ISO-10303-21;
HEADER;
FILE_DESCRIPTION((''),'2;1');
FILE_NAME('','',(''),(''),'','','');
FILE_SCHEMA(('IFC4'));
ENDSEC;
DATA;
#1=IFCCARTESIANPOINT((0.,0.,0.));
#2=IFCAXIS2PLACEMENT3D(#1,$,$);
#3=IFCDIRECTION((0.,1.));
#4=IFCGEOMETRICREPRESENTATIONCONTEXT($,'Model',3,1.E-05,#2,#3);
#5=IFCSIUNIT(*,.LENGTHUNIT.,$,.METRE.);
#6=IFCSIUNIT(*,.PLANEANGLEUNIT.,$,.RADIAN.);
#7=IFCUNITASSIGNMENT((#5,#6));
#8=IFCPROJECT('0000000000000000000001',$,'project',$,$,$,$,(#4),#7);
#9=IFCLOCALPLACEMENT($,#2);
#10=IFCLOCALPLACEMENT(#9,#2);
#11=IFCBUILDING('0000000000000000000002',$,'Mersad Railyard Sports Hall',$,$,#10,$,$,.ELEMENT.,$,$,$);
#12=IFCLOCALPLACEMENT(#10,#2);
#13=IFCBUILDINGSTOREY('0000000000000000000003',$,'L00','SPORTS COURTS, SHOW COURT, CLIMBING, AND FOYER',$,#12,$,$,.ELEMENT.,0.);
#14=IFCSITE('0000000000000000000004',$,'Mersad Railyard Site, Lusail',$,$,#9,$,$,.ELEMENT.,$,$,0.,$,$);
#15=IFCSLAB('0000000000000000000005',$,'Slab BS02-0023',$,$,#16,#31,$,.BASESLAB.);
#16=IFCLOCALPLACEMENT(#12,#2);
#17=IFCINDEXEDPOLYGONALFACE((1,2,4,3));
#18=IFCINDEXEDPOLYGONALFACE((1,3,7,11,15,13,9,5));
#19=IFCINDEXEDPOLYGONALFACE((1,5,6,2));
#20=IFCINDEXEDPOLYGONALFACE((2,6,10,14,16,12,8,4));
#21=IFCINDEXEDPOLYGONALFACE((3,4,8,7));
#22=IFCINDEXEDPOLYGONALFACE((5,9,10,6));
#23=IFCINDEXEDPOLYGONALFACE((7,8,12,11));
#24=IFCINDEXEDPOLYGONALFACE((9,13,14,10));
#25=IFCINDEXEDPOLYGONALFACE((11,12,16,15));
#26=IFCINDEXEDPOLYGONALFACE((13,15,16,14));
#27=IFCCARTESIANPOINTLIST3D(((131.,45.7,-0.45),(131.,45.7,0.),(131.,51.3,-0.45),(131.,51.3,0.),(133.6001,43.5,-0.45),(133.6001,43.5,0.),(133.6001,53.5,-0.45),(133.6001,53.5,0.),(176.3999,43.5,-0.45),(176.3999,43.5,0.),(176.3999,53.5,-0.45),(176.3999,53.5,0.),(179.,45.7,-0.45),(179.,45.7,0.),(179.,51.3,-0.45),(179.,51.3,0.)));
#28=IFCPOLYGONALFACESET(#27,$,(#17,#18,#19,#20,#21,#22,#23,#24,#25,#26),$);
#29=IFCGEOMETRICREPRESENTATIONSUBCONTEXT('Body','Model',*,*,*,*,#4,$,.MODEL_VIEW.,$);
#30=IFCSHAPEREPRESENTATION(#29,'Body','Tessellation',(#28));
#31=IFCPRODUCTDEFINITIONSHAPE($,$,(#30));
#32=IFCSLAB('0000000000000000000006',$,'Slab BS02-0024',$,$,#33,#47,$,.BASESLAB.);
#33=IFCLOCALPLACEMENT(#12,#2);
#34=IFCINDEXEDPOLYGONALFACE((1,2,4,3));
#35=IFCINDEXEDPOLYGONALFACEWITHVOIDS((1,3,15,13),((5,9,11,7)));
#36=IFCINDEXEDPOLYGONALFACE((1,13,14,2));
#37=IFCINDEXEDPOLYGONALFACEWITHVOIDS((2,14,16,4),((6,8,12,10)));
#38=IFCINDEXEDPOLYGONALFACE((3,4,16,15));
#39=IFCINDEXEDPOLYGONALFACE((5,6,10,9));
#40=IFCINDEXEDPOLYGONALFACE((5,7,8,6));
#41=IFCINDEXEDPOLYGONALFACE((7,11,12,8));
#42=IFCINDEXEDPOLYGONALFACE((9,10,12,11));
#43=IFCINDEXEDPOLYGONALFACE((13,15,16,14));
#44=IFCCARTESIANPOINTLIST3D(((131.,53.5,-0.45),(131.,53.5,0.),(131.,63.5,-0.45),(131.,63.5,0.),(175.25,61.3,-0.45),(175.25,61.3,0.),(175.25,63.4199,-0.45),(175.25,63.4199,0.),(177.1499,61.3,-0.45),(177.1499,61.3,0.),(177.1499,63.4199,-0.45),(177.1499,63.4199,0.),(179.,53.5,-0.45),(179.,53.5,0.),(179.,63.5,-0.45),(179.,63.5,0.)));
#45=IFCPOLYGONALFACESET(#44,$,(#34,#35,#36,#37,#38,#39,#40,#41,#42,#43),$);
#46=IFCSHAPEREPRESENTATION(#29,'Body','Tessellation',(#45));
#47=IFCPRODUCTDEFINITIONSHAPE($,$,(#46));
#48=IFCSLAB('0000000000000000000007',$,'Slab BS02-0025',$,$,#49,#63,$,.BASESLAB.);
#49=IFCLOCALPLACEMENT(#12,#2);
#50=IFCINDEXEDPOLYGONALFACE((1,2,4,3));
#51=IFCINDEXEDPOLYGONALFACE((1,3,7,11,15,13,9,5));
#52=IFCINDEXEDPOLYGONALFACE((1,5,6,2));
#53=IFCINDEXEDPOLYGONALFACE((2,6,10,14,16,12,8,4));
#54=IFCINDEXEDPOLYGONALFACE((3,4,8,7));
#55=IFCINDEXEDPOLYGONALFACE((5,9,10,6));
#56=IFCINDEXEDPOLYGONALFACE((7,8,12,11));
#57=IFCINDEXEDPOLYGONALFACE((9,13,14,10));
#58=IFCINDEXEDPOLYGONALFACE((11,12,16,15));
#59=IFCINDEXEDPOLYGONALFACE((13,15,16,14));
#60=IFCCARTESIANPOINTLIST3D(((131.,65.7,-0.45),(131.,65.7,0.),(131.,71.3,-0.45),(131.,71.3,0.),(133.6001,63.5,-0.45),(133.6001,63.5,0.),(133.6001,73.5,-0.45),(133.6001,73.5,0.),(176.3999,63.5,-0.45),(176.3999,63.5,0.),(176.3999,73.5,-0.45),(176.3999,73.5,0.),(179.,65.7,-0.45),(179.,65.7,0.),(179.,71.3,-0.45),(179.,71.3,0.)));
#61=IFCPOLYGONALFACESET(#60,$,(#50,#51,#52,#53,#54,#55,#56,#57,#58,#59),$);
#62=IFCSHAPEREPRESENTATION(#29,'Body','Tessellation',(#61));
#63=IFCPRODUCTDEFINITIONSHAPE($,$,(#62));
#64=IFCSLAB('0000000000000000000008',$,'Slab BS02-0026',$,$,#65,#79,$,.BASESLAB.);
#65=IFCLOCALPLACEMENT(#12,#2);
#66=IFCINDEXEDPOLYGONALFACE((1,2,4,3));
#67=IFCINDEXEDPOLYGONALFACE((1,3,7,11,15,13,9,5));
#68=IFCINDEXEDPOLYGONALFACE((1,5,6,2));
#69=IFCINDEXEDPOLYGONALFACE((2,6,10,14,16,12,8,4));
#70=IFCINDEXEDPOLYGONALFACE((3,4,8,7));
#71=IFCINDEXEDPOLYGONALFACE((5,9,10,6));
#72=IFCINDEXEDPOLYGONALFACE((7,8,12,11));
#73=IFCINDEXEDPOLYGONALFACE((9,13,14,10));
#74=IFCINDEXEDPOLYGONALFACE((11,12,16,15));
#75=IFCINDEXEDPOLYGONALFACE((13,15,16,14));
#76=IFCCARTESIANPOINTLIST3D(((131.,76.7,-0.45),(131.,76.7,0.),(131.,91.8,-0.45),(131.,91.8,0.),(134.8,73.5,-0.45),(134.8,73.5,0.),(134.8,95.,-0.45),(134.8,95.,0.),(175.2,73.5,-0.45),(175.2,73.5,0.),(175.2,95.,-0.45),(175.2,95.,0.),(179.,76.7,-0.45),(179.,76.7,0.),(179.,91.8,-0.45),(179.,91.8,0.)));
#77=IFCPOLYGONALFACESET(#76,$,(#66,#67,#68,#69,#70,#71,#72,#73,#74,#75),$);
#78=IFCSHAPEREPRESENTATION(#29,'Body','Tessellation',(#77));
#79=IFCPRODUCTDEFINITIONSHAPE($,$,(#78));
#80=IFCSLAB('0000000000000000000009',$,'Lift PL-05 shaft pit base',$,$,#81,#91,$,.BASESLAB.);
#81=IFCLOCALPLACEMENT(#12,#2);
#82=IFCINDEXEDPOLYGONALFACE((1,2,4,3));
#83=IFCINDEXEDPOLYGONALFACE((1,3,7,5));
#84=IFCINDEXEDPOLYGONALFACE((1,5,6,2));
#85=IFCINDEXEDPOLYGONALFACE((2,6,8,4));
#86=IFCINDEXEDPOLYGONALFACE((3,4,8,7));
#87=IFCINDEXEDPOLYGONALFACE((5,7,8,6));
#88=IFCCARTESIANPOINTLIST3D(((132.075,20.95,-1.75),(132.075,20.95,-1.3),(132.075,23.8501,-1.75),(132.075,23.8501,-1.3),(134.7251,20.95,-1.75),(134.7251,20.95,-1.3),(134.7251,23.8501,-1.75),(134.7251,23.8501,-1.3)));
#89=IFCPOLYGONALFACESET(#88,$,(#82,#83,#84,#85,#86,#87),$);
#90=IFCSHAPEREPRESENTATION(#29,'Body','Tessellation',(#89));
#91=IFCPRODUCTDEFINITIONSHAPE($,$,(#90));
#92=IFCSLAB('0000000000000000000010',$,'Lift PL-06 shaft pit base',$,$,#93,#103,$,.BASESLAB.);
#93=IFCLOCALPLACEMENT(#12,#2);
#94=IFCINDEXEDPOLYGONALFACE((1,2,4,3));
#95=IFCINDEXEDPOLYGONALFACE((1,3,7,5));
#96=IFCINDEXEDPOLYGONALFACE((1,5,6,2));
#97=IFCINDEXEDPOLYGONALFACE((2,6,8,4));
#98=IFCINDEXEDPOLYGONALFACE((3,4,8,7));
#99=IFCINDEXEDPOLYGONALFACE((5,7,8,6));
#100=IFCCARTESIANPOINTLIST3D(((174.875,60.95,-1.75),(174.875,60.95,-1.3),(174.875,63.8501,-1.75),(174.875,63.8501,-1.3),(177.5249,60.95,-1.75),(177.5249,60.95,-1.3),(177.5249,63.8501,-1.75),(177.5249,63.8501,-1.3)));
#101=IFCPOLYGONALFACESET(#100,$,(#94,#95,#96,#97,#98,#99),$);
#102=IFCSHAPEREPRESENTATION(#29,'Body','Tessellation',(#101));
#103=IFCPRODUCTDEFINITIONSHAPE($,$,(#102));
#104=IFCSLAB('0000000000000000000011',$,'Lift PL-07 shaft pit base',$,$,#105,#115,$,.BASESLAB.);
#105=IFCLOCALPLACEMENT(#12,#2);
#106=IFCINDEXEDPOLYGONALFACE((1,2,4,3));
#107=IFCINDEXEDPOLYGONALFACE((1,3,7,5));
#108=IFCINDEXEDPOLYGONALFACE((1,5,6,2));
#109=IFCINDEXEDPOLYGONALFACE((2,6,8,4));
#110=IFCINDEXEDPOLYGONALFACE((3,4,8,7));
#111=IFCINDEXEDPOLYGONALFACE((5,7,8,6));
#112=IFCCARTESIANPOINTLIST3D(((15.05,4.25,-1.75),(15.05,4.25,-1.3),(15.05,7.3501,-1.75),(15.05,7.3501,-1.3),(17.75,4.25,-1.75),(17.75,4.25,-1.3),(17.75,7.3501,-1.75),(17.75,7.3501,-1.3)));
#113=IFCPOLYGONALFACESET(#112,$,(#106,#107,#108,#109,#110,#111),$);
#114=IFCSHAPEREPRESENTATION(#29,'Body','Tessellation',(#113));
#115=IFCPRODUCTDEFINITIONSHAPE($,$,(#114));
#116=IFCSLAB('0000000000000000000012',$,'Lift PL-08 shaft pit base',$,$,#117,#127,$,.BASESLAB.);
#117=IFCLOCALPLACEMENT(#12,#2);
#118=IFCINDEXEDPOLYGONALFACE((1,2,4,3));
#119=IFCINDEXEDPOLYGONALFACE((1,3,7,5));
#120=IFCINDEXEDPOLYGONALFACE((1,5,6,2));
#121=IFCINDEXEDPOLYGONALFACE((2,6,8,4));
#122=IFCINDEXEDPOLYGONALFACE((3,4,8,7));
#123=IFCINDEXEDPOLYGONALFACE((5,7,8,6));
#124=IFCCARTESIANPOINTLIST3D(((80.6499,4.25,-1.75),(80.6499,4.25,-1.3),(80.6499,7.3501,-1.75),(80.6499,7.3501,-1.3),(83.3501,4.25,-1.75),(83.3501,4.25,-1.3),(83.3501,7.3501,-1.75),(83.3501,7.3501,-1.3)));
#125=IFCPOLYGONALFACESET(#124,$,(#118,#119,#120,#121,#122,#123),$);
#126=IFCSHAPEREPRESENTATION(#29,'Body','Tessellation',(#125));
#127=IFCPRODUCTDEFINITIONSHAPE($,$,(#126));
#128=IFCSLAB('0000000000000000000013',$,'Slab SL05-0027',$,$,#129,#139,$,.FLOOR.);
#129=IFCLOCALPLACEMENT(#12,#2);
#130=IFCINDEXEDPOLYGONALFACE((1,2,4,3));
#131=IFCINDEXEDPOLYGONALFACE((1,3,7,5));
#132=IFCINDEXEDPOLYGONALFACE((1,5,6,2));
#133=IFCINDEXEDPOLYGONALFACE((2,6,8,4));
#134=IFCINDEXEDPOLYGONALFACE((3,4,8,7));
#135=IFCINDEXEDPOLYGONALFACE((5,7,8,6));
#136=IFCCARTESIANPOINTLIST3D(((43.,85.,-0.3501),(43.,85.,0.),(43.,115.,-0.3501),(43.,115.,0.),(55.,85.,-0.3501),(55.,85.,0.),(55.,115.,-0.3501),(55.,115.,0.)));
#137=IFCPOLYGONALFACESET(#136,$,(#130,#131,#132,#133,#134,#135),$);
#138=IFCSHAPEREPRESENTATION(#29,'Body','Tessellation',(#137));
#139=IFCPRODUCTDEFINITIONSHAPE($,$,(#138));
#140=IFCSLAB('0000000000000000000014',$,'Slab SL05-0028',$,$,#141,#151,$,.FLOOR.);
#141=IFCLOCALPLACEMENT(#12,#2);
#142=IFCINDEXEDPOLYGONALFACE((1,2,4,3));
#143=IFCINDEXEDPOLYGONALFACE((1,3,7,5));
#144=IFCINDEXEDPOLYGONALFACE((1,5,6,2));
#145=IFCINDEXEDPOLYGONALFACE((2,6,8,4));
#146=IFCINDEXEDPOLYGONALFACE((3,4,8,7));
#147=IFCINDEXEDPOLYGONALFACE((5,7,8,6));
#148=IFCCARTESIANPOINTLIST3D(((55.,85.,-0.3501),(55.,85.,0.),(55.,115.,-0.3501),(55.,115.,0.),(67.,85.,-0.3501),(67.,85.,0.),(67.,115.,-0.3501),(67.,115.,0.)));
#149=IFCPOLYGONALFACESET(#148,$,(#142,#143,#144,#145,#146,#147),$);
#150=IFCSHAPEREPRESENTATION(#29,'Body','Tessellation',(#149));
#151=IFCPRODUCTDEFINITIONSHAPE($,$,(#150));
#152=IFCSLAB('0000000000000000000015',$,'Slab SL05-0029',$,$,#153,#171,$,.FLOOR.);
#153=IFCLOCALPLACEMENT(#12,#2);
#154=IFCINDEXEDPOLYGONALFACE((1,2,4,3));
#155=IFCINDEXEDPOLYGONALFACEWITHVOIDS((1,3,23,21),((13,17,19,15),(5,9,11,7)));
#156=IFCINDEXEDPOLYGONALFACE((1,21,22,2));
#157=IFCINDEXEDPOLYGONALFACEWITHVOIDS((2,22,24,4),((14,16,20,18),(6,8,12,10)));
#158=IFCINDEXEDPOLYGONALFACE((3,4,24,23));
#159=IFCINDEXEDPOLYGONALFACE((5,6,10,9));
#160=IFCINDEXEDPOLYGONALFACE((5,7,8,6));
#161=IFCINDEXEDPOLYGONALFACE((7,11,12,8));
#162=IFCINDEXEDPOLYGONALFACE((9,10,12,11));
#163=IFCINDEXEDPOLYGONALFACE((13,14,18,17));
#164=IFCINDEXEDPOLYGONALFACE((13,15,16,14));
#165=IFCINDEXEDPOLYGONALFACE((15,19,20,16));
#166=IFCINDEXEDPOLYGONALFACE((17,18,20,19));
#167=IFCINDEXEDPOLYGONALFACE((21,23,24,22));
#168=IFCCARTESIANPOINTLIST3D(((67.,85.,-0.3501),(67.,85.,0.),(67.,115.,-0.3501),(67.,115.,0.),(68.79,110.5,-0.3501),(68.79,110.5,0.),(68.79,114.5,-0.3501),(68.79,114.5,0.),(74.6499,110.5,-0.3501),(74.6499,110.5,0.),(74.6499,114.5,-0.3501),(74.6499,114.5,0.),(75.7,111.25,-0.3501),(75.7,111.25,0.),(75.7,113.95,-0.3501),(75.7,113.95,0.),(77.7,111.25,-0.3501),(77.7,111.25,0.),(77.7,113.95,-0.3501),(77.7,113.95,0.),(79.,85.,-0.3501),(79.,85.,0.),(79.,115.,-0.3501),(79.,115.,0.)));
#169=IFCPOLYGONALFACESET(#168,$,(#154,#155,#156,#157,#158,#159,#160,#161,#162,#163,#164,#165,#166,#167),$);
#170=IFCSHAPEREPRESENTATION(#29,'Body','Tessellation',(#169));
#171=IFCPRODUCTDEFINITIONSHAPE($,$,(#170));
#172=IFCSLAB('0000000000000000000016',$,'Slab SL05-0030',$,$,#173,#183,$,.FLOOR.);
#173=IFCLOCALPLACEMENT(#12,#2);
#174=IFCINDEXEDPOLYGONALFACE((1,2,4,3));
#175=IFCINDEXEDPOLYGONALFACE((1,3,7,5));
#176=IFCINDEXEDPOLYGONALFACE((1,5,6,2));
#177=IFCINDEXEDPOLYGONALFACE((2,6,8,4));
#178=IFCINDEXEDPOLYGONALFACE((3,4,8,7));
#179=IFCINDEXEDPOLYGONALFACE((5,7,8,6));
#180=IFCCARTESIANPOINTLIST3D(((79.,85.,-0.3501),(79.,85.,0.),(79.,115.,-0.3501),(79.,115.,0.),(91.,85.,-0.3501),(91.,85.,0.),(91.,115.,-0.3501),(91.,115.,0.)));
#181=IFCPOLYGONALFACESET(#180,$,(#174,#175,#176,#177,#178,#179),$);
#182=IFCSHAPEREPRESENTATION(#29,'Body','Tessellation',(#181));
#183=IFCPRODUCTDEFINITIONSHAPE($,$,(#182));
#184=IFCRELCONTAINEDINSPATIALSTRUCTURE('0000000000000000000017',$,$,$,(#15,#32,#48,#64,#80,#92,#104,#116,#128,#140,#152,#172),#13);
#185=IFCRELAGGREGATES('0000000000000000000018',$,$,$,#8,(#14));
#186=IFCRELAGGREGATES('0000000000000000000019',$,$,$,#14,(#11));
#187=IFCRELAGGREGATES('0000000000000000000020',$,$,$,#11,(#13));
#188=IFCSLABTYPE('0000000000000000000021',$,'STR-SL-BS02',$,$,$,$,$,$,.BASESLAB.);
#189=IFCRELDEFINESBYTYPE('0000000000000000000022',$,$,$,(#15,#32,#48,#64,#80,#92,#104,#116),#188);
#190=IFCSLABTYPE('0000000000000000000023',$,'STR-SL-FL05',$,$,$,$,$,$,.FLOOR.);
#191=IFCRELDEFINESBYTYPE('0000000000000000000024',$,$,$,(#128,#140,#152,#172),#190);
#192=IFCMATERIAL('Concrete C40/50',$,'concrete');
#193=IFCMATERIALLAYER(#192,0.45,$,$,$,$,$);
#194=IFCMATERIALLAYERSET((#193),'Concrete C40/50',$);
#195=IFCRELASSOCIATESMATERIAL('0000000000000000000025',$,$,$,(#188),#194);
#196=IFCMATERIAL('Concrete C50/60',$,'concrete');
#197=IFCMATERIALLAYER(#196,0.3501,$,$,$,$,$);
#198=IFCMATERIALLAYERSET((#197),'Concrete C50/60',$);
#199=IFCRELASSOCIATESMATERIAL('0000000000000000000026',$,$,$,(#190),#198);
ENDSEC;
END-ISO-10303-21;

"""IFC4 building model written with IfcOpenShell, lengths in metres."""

from ifc_helpers import new_model, si_unit, direction, frame, origin, place, context, subcontext, project, spatial, polyline, outline, extrude, material, layer, layer_set, type_object, element, save


model = new_model("IFC4")

# Units and contexts
model_context = context("Model", 3, precision=1e-05, world=origin(), true_north=direction((0.0, 1.0)))
body_context = subcontext(model_context, "Body", "Model", "MODEL_VIEW")
ifc_project = project(units=[si_unit("LENGTHUNIT", "METRE"), si_unit("PLANEANGLEUNIT", "RADIAN")], contexts=[model_context])

# Site, building, storey
site_placement = place(None, origin())
site = spatial("IfcSite", under=ifc_project, at=site_placement, Name="Mersad Railyard Site, Lusail", CompositionType="ELEMENT", RefElevation=0.0)
building_placement = place(site_placement, origin())
building = spatial("IfcBuilding", under=site, at=building_placement, Name="Mersad Railyard Sports Hall", CompositionType="ELEMENT")
storey_placement = place(building_placement, origin())
storey = spatial("IfcBuildingStorey", under=building, at=storey_placement, Name="L00", Description="SPORTS COURTS, SHOW COURT, CLIMBING, AND FOYER", CompositionType="ELEMENT", Elevation=0.0)

# Slabs
ifc_material_1 = material(Name="Concrete C40/50", Category="concrete")
ifc_layer_1 = layer(ifc_material_1, 0.45)
ifc_layer_set_1 = layer_set([ifc_layer_1], Name="Concrete C40/50")
slab_type_1 = type_object("IfcSlabType", Name="STR-SL-BS02", PredefinedType="BASESLAB", material=ifc_layer_set_1)
slab_1_placement = place(storey_placement, frame((0.0, 0.0, -0.45)))
element("IfcSlab", 1, at=slab_1_placement, inside=storey, type_object=slab_type_1, Name="Slab BS02-0023", PredefinedType="BASESLAB", context=body_context, shape_type="SweptSolid", body=[
    extrude(outline(polyline([(133.6001, 43.5), (176.3999, 43.5), (179.0, 45.7), (179.0, 51.3), (176.3999, 53.5), (133.6001, 53.5), (131.0, 51.3), (131.0, 45.7), (133.6001, 43.5)])), origin(), (0.0, 0.0, 1.0), 0.45),
])
slab_2_placement = place(storey_placement, frame((0.0, 0.0, -0.45)))
element("IfcSlab", 2, at=slab_2_placement, inside=storey, type_object=slab_type_1, Name="Slab BS02-0024", PredefinedType="BASESLAB", context=body_context, shape_type="SweptSolid", body=[
    extrude(outline(polyline([(131.0, 53.5), (179.0, 53.5), (179.0, 63.5), (131.0, 63.5), (131.0, 53.5)]), holes=[polyline([(175.25, 61.3), (177.1499, 61.3), (177.1499, 63.4199), (175.25, 63.4199), (175.25, 61.3)])]), origin(), (0.0, 0.0, 1.0), 0.45),
])
slab_3_placement = place(storey_placement, frame((0.0, 0.0, -0.45)))
element("IfcSlab", 3, at=slab_3_placement, inside=storey, type_object=slab_type_1, Name="Slab BS02-0025", PredefinedType="BASESLAB", context=body_context, shape_type="SweptSolid", body=[
    extrude(outline(polyline([(133.6001, 63.5), (176.3999, 63.5), (179.0, 65.7), (179.0, 71.3), (176.3999, 73.5), (133.6001, 73.5), (131.0, 71.3), (131.0, 65.7), (133.6001, 63.5)])), origin(), (0.0, 0.0, 1.0), 0.45),
])
slab_4_placement = place(storey_placement, frame((0.0, 0.0, -0.45)))
element("IfcSlab", 4, at=slab_4_placement, inside=storey, type_object=slab_type_1, Name="Slab BS02-0026", PredefinedType="BASESLAB", context=body_context, shape_type="SweptSolid", body=[
    extrude(outline(polyline([(134.8, 73.5), (175.2, 73.5), (179.0, 76.7), (179.0, 91.8), (175.2, 95.0), (134.8, 95.0), (131.0, 91.8), (131.0, 76.7), (134.8, 73.5)])), origin(), (0.0, 0.0, 1.0), 0.45),
])
slab_5_placement = place(storey_placement, frame((0.0, 0.0, -1.75)))
element("IfcSlab", 5, at=slab_5_placement, inside=storey, type_object=slab_type_1, Name="Lift PL-05 shaft pit base", PredefinedType="BASESLAB", context=body_context, shape_type="SweptSolid", body=[
    extrude(outline(polyline([(132.075, 20.95), (134.7251, 20.95), (134.7251, 23.8501), (132.075, 23.8501), (132.075, 20.95)])), origin(), (0.0, 0.0, 1.0), 0.45),
])
slab_6_placement = place(storey_placement, frame((0.0, 0.0, -1.75)))
element("IfcSlab", 6, at=slab_6_placement, inside=storey, type_object=slab_type_1, Name="Lift PL-06 shaft pit base", PredefinedType="BASESLAB", context=body_context, shape_type="SweptSolid", body=[
    extrude(outline(polyline([(174.875, 60.95), (177.5249, 60.95), (177.5249, 63.8501), (174.875, 63.8501), (174.875, 60.95)])), origin(), (0.0, 0.0, 1.0), 0.45),
])
slab_7_placement = place(storey_placement, frame((0.0, 0.0, -1.75)))
element("IfcSlab", 7, at=slab_7_placement, inside=storey, type_object=slab_type_1, Name="Lift PL-07 shaft pit base", PredefinedType="BASESLAB", context=body_context, shape_type="SweptSolid", body=[
    extrude(outline(polyline([(15.05, 4.25), (17.75, 4.25), (17.75, 7.3501), (15.05, 7.3501), (15.05, 4.25)])), origin(), (0.0, 0.0, 1.0), 0.45),
])
slab_8_placement = place(storey_placement, frame((0.0, 0.0, -1.75)))
element("IfcSlab", 8, at=slab_8_placement, inside=storey, type_object=slab_type_1, Name="Lift PL-08 shaft pit base", PredefinedType="BASESLAB", context=body_context, shape_type="SweptSolid", body=[
    extrude(outline(polyline([(80.6499, 4.25), (83.3501, 4.25), (83.3501, 7.3501), (80.6499, 7.3501), (80.6499, 4.25)])), origin(), (0.0, 0.0, 1.0), 0.45),
])
ifc_material_2 = material(Name="Concrete C50/60", Category="concrete")
ifc_layer_2 = layer(ifc_material_2, 0.3501)
ifc_layer_set_2 = layer_set([ifc_layer_2], Name="Concrete C50/60")
slab_type_2 = type_object("IfcSlabType", Name="STR-SL-FL05", PredefinedType="FLOOR", material=ifc_layer_set_2)
slab_9_placement = place(storey_placement, frame((0.0, 0.0, -0.3501)))
element("IfcSlab", 9, at=slab_9_placement, inside=storey, type_object=slab_type_2, Name="Slab SL05-0027", PredefinedType="FLOOR", context=body_context, shape_type="SweptSolid", body=[
    extrude(outline(polyline([(43.0, 85.0), (55.0, 85.0), (55.0, 115.0), (43.0, 115.0), (43.0, 85.0)])), origin(), (0.0, 0.0, 1.0), 0.3501),
])
slab_10_placement = place(storey_placement, frame((0.0, 0.0, -0.3501)))
element("IfcSlab", 10, at=slab_10_placement, inside=storey, type_object=slab_type_2, Name="Slab SL05-0028", PredefinedType="FLOOR", context=body_context, shape_type="SweptSolid", body=[
    extrude(outline(polyline([(55.0, 85.0), (67.0, 85.0), (67.0, 115.0), (55.0, 115.0), (55.0, 85.0)])), origin(), (0.0, 0.0, 1.0), 0.3501),
])
slab_11_placement = place(storey_placement, frame((0.0, 0.0, -0.3501)))
element("IfcSlab", 11, at=slab_11_placement, inside=storey, type_object=slab_type_2, Name="Slab SL05-0029", PredefinedType="FLOOR", context=body_context, shape_type="SweptSolid", body=[
    extrude(outline(polyline([(67.0, 85.0), (79.0, 85.0), (79.0, 115.0), (67.0, 115.0), (67.0, 85.0)]), holes=[polyline([(68.79, 110.5), (74.6499, 110.5), (74.6499, 114.5), (68.79, 114.5), (68.79, 110.5)]), polyline([(75.7, 111.25), (77.7, 111.25), (77.7, 113.95), (75.7, 113.95), (75.7, 111.25)])]), origin(), (0.0, 0.0, 1.0), 0.3501),
])
slab_12_placement = place(storey_placement, frame((0.0, 0.0, -0.3501)))
element("IfcSlab", 12, at=slab_12_placement, inside=storey, type_object=slab_type_2, Name="Slab SL05-0030", PredefinedType="FLOOR", context=body_context, shape_type="SweptSolid", body=[
    extrude(outline(polyline([(79.0, 85.0), (91.0, 85.0), (91.0, 115.0), (79.0, 115.0), (79.0, 85.0)])), origin(), (0.0, 0.0, 1.0), 0.3501),
])

save(model, "model.ifc")
